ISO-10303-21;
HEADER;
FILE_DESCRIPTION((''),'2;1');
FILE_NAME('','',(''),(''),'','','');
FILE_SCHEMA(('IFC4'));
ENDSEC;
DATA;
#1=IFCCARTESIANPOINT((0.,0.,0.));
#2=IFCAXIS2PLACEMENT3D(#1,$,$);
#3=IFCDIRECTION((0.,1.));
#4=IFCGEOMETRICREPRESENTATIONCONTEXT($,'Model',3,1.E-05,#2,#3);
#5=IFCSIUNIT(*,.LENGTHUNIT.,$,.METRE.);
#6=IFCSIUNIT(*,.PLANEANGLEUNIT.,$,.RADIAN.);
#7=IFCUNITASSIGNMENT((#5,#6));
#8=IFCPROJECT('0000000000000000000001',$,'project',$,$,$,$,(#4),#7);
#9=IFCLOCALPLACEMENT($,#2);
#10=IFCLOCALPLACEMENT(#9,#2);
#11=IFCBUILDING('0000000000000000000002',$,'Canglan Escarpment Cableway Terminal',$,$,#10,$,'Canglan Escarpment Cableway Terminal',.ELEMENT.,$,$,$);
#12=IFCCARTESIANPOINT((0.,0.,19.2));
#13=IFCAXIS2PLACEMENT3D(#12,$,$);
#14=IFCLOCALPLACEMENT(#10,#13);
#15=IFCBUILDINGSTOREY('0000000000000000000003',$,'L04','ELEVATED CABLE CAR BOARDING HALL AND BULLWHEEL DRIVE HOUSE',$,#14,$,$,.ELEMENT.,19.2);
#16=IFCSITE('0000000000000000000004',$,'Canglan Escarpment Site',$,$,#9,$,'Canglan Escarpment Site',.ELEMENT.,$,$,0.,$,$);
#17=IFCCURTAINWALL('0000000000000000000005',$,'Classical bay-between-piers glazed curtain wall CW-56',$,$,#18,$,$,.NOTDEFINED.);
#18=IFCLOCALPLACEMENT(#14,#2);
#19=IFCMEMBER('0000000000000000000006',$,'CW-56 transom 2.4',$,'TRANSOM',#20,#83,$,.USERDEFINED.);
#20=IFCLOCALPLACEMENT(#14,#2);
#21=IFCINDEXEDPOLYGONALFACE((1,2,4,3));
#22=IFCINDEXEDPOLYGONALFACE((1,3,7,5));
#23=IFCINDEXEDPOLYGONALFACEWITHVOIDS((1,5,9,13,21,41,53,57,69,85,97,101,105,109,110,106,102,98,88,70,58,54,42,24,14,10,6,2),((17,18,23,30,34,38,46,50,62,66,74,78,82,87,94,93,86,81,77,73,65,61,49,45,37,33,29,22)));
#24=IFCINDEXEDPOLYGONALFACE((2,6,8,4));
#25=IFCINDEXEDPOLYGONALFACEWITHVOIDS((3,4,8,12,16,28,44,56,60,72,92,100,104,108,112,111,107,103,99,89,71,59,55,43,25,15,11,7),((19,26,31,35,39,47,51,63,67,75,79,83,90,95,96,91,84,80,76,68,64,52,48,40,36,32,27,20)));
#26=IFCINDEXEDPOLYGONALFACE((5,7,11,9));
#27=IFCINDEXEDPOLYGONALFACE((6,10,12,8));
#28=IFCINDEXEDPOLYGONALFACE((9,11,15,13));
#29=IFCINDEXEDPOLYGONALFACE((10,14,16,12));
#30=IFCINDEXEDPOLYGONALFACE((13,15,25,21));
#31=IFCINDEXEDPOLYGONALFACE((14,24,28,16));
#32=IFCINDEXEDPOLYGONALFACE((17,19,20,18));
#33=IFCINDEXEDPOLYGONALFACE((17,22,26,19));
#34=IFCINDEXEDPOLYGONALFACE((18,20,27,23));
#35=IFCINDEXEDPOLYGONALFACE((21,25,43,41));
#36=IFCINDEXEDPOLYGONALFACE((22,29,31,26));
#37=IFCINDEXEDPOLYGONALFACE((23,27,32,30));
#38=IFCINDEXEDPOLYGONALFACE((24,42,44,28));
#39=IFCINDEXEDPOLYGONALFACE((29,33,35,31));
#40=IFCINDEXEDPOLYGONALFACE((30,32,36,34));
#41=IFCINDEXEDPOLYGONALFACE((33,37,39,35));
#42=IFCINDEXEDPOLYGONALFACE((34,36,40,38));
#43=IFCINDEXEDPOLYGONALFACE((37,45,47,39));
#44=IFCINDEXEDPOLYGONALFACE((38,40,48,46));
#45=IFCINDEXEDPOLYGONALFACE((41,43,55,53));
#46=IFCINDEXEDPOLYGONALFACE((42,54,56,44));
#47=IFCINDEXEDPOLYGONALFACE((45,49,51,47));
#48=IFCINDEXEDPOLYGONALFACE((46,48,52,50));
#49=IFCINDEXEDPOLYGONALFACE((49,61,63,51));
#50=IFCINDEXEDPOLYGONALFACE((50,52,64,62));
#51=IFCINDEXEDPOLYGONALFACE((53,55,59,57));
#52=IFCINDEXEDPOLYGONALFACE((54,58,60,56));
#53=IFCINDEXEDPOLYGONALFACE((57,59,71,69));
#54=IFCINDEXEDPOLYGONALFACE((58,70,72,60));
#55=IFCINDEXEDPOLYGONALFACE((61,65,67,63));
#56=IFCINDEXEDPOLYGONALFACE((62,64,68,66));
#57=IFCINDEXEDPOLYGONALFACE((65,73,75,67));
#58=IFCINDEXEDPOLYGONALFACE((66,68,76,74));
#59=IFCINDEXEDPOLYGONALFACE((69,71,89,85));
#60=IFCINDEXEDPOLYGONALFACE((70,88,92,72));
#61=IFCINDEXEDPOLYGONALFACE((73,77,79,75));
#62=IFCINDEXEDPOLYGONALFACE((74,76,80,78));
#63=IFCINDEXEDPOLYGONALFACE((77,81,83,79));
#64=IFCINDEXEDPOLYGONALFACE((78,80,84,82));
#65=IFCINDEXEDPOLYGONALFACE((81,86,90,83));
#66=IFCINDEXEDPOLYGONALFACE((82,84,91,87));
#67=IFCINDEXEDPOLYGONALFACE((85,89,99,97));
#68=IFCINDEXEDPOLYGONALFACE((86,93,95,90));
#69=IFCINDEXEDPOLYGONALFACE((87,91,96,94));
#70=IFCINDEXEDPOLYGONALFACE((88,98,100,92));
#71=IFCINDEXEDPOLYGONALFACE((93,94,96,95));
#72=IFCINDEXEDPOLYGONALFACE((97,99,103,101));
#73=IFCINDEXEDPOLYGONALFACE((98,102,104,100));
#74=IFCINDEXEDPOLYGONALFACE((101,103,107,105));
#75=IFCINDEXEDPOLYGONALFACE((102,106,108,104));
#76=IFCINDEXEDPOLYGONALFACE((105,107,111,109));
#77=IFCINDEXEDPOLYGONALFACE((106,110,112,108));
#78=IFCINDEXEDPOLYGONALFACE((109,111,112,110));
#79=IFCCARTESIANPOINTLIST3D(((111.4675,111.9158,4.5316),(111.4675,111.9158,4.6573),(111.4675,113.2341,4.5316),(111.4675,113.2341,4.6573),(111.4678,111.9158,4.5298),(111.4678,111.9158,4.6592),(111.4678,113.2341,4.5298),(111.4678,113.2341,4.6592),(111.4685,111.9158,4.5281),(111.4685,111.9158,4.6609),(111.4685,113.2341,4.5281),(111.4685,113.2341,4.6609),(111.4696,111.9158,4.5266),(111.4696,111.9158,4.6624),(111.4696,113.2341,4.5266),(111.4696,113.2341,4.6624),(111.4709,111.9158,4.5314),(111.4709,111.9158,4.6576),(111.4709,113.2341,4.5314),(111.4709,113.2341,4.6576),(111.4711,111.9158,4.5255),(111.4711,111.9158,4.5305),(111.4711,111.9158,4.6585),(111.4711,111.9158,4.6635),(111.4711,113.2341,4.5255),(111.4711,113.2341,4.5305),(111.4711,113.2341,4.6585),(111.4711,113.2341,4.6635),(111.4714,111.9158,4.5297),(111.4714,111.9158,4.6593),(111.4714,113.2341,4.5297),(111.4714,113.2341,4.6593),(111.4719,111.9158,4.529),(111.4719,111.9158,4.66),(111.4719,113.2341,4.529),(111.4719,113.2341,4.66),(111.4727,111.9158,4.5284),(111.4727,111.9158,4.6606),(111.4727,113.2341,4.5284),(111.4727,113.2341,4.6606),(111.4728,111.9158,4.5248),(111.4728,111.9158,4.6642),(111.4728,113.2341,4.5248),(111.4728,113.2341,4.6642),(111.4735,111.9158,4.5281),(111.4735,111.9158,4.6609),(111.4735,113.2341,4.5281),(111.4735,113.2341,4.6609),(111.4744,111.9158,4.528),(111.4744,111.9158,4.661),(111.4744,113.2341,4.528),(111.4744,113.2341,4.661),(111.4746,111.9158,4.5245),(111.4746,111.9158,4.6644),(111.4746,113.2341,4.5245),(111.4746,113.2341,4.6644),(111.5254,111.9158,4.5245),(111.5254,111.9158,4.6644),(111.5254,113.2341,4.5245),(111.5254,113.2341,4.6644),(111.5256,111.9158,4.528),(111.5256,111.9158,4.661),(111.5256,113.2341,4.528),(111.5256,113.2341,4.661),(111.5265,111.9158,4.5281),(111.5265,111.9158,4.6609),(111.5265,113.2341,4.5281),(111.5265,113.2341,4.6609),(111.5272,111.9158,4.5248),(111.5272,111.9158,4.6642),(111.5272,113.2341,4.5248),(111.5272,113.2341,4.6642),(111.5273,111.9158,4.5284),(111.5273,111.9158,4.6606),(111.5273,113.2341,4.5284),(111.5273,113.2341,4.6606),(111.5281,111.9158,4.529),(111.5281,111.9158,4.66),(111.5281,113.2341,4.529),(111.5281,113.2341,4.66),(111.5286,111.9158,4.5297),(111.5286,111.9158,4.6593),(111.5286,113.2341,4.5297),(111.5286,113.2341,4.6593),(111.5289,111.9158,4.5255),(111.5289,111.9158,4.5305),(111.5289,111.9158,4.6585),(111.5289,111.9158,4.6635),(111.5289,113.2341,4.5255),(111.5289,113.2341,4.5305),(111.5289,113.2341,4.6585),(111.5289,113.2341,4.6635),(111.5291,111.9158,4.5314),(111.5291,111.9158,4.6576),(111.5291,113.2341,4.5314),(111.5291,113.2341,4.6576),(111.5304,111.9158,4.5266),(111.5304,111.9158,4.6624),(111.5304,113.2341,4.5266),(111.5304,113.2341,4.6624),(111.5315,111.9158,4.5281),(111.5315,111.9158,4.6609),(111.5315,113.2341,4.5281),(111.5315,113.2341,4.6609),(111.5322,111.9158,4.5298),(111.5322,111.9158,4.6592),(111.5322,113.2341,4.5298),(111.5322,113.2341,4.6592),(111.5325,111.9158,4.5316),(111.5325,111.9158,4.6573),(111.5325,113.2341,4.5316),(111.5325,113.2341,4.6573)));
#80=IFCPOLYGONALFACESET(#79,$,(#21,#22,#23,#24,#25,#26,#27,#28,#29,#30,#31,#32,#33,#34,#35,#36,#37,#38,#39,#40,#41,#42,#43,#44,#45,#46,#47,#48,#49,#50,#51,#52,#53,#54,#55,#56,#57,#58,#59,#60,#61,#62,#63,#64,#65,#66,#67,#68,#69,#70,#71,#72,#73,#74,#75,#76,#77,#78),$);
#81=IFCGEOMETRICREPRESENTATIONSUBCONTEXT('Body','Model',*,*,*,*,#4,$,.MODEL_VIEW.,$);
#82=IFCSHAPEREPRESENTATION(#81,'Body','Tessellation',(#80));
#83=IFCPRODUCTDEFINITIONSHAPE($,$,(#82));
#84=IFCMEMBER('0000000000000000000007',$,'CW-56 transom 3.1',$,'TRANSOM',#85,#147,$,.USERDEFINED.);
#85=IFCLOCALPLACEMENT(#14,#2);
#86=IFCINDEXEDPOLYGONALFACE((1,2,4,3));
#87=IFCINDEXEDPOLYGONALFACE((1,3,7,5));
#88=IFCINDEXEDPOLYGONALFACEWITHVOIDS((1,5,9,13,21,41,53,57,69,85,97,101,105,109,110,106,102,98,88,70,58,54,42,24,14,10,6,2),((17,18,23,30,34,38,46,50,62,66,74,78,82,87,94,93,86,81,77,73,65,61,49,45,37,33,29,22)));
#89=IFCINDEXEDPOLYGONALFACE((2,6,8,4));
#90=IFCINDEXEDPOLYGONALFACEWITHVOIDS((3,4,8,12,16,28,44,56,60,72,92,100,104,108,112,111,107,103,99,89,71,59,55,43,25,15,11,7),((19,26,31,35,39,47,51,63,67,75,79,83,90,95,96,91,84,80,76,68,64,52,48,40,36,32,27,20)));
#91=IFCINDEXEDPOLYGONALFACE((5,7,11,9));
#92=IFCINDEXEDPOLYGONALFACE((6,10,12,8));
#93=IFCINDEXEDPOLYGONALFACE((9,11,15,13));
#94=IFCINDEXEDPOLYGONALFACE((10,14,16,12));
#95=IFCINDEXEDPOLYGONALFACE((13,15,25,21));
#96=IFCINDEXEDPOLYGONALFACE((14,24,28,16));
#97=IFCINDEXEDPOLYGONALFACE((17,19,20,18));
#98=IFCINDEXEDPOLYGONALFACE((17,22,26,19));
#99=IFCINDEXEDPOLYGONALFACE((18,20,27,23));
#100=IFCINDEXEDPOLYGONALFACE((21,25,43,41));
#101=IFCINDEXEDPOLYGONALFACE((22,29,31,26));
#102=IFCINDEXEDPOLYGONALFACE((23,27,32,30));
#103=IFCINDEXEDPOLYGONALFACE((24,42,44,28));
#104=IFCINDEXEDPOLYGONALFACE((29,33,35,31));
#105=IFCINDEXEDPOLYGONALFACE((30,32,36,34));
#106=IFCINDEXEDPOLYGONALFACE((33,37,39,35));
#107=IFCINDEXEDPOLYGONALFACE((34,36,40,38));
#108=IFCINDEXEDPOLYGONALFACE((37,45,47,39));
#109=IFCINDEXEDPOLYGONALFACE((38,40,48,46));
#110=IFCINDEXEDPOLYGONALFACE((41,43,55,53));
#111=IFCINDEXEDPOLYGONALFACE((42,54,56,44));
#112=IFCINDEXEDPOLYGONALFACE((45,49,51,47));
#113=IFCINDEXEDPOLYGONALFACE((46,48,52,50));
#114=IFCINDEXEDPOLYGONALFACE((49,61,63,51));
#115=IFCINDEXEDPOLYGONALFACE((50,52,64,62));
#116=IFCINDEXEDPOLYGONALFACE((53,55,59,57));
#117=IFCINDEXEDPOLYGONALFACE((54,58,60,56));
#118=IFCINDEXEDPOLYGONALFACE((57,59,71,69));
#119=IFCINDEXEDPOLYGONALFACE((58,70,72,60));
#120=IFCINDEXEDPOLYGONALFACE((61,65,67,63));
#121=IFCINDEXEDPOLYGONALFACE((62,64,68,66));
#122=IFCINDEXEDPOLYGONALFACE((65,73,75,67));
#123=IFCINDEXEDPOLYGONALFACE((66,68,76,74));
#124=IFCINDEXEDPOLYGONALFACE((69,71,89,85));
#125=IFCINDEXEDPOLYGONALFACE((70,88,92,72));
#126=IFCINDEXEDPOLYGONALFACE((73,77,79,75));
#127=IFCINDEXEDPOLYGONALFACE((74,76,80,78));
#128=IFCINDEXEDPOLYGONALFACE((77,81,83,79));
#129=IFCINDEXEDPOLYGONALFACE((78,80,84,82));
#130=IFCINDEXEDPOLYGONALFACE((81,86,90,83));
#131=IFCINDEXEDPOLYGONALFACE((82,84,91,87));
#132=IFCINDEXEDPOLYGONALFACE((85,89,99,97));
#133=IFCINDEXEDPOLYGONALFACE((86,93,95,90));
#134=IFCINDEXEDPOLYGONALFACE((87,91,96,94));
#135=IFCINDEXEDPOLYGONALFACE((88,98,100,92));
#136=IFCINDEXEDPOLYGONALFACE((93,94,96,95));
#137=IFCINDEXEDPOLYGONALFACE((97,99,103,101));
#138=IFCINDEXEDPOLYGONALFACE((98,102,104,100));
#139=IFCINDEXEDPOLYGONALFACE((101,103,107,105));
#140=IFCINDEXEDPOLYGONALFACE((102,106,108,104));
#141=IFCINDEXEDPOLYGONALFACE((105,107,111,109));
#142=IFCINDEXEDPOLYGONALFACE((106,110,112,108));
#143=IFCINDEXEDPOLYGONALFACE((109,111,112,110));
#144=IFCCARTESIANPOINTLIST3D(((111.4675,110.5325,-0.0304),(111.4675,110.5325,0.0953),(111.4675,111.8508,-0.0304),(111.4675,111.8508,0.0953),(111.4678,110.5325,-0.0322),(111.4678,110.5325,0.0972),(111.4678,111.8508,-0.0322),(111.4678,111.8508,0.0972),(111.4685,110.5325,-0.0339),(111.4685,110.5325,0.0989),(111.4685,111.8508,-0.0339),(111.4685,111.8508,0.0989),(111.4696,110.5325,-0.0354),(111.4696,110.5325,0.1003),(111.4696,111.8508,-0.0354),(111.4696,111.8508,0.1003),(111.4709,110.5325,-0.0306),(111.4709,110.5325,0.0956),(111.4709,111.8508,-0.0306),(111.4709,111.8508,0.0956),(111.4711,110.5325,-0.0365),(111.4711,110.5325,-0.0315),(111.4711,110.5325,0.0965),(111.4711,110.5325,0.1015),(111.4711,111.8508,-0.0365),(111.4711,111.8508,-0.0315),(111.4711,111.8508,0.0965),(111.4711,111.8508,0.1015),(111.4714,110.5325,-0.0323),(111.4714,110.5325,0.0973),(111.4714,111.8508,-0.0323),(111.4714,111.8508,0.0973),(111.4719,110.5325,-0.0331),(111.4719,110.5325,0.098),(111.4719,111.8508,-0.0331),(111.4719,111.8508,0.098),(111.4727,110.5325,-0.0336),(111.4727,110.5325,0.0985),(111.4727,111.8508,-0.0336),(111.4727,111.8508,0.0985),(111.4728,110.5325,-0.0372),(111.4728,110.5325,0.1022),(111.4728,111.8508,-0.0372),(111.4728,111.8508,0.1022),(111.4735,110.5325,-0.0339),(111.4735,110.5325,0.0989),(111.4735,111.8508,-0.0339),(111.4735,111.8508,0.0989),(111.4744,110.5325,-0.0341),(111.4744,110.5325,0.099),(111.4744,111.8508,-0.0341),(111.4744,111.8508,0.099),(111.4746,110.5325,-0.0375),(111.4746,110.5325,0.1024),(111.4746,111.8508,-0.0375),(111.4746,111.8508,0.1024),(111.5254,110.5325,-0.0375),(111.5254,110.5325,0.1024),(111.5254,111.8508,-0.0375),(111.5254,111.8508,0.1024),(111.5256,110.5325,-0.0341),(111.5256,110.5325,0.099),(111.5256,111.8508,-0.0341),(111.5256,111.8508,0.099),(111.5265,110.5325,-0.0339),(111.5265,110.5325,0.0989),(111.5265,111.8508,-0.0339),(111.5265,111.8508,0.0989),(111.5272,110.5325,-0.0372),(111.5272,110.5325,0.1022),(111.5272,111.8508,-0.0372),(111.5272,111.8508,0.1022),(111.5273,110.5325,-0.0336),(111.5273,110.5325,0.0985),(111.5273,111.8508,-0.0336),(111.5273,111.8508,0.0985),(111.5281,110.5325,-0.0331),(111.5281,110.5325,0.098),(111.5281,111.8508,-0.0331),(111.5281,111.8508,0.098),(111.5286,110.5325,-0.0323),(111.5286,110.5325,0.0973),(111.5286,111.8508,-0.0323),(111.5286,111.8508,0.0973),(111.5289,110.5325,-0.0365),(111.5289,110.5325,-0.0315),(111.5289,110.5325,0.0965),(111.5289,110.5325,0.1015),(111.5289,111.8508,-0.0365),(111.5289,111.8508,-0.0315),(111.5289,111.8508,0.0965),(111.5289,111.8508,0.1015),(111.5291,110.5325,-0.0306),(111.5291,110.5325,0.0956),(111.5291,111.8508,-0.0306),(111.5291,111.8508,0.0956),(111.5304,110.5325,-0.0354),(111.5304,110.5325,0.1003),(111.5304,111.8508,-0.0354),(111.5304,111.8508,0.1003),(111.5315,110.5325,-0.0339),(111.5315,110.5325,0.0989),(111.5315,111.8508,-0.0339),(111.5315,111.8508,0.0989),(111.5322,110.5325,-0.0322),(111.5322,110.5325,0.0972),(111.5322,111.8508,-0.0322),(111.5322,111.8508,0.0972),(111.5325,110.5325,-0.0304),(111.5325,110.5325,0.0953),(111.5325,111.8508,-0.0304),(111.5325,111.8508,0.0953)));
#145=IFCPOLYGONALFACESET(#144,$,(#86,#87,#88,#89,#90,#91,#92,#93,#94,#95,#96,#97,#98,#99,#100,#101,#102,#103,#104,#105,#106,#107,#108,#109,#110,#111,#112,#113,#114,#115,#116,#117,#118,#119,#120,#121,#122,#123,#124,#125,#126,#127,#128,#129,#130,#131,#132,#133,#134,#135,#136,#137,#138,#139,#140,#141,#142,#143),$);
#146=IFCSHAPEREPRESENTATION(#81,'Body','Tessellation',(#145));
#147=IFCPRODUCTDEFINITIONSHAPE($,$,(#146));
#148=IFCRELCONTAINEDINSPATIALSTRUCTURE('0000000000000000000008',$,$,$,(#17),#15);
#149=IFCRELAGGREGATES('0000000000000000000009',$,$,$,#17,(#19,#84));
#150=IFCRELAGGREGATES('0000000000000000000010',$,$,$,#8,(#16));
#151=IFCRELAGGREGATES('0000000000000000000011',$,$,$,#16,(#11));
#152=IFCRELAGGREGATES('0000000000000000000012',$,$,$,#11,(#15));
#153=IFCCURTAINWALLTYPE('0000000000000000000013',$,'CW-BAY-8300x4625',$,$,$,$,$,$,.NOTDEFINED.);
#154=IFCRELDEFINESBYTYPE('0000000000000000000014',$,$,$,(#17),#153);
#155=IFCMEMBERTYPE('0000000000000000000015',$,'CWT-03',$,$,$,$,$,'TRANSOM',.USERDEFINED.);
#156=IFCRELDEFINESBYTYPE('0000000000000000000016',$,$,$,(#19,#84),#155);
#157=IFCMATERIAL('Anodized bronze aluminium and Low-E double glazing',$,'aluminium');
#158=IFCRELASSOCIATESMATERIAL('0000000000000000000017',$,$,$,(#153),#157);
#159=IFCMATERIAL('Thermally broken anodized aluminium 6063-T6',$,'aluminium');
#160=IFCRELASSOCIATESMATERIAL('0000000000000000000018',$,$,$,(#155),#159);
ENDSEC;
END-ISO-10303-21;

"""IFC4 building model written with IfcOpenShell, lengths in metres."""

from ifc_helpers import new_model, si_unit, direction, frame, origin, origin_2d, place, context, subcontext, project, spatial, hollow_rectangle, extrude, material, material_profile, profile_set, type_object, element, aggregate, save


model = new_model("IFC4")

# Units and contexts
model_context = context("Model", 3, precision=1e-05, world=origin(), true_north=direction((0.0, 1.0)))
body_context = subcontext(model_context, "Body", "Model", "MODEL_VIEW")
ifc_project = project(units=[si_unit("LENGTHUNIT", "METRE"), si_unit("PLANEANGLEUNIT", "RADIAN")], contexts=[model_context])

# Site, building, storey
site_placement = place(None, origin())
site = spatial("IfcSite", under=ifc_project, at=site_placement, Name="Canglan Escarpment Site", LongName="Canglan Escarpment Site", CompositionType="ELEMENT", RefElevation=0.0)
building_placement = place(site_placement, origin())
building = spatial("IfcBuilding", under=site, at=building_placement, Name="Canglan Escarpment Cableway Terminal", LongName="Canglan Escarpment Cableway Terminal", CompositionType="ELEMENT")
storey_placement = place(building_placement, frame((0.0, 0.0, 19.2)))
storey = spatial("IfcBuildingStorey", under=building, at=storey_placement, Name="L04", Description="ELEVATED CABLE CAR BOARDING HALL AND BULLWHEEL DRIVE HOUSE", CompositionType="ELEMENT", Elevation=19.2)

# Curtain wall
ifc_material_1 = material(Name="Anodized bronze aluminium and Low-E double glazing", Category="aluminium")
ifc_material_2 = material(Name="Thermally broken anodized aluminium 6063-T6", Category="aluminium")
curtain_wall_type_1 = type_object("IfcCurtainWallType", Name="CW-BAY-8300x4625", PredefinedType="NOTDEFINED", material=ifc_material_1)
curtain_wall_1_placement = place(storey_placement, origin())
curtain_wall_1 = element("IfcCurtainWall", 1, at=curtain_wall_1_placement, inside=storey, type_object=curtain_wall_type_1, Name="Classical bay-between-piers glazed curtain wall CW-56", PredefinedType="NOTDEFINED")

# Members
ifc_material_profile_1 = material_profile(ifc_material_2, hollow_rectangle(XDim=0.0649, YDim=0.1399, WallThickness=0.0034, InnerFilletRadius=0.0034, OuterFilletRadius=0.0071, at=origin_2d()), Name="ALU-TRAN 65x140x3.5")
ifc_profile_set_1 = profile_set([ifc_material_profile_1], Name="Thermally broken anodized aluminium 6063-T6")
member_type_1 = type_object("IfcMemberType", Name="CWT-03", ElementType="TRANSOM", PredefinedType="USERDEFINED", material=ifc_profile_set_1)
member_1_placement = place(storey_placement, frame((111.5, 113.2341, 4.5945), z_axis=(0.0, -1.0, 0.0), x_axis=(1.0, 0.0, 0.0)))
member_1 = element("IfcMember", 2, at=member_1_placement, type_object=member_type_1, Name="CW-56 transom 2.4", ObjectType="TRANSOM", PredefinedType="USERDEFINED", context=body_context, shape_type="SweptSolid", body=[
    extrude(hollow_rectangle(XDim=0.0649, YDim=0.1399, WallThickness=0.0034, InnerFilletRadius=0.0034, OuterFilletRadius=0.0071, at=origin_2d()), origin(), (0.0, 0.0, 1.0), 1.3184),
])
member_2_placement = place(storey_placement, frame((111.5, 111.8508, 0.0325), z_axis=(0.0, -1.0, 0.0), x_axis=(1.0, 0.0, 0.0)))
member_2 = element("IfcMember", 3, at=member_2_placement, type_object=member_type_1, Name="CW-56 transom 3.1", ObjectType="TRANSOM", PredefinedType="USERDEFINED", context=body_context, shape_type="SweptSolid", body=[
    extrude(hollow_rectangle(XDim=0.0649, YDim=0.1399, WallThickness=0.0034, InnerFilletRadius=0.0034, OuterFilletRadius=0.0071, at=origin_2d()), origin(), (0.0, 0.0, 1.0), 1.3184),
])

aggregate(curtain_wall_1, [member_1, member_2])

save(model, "model.ifc")
